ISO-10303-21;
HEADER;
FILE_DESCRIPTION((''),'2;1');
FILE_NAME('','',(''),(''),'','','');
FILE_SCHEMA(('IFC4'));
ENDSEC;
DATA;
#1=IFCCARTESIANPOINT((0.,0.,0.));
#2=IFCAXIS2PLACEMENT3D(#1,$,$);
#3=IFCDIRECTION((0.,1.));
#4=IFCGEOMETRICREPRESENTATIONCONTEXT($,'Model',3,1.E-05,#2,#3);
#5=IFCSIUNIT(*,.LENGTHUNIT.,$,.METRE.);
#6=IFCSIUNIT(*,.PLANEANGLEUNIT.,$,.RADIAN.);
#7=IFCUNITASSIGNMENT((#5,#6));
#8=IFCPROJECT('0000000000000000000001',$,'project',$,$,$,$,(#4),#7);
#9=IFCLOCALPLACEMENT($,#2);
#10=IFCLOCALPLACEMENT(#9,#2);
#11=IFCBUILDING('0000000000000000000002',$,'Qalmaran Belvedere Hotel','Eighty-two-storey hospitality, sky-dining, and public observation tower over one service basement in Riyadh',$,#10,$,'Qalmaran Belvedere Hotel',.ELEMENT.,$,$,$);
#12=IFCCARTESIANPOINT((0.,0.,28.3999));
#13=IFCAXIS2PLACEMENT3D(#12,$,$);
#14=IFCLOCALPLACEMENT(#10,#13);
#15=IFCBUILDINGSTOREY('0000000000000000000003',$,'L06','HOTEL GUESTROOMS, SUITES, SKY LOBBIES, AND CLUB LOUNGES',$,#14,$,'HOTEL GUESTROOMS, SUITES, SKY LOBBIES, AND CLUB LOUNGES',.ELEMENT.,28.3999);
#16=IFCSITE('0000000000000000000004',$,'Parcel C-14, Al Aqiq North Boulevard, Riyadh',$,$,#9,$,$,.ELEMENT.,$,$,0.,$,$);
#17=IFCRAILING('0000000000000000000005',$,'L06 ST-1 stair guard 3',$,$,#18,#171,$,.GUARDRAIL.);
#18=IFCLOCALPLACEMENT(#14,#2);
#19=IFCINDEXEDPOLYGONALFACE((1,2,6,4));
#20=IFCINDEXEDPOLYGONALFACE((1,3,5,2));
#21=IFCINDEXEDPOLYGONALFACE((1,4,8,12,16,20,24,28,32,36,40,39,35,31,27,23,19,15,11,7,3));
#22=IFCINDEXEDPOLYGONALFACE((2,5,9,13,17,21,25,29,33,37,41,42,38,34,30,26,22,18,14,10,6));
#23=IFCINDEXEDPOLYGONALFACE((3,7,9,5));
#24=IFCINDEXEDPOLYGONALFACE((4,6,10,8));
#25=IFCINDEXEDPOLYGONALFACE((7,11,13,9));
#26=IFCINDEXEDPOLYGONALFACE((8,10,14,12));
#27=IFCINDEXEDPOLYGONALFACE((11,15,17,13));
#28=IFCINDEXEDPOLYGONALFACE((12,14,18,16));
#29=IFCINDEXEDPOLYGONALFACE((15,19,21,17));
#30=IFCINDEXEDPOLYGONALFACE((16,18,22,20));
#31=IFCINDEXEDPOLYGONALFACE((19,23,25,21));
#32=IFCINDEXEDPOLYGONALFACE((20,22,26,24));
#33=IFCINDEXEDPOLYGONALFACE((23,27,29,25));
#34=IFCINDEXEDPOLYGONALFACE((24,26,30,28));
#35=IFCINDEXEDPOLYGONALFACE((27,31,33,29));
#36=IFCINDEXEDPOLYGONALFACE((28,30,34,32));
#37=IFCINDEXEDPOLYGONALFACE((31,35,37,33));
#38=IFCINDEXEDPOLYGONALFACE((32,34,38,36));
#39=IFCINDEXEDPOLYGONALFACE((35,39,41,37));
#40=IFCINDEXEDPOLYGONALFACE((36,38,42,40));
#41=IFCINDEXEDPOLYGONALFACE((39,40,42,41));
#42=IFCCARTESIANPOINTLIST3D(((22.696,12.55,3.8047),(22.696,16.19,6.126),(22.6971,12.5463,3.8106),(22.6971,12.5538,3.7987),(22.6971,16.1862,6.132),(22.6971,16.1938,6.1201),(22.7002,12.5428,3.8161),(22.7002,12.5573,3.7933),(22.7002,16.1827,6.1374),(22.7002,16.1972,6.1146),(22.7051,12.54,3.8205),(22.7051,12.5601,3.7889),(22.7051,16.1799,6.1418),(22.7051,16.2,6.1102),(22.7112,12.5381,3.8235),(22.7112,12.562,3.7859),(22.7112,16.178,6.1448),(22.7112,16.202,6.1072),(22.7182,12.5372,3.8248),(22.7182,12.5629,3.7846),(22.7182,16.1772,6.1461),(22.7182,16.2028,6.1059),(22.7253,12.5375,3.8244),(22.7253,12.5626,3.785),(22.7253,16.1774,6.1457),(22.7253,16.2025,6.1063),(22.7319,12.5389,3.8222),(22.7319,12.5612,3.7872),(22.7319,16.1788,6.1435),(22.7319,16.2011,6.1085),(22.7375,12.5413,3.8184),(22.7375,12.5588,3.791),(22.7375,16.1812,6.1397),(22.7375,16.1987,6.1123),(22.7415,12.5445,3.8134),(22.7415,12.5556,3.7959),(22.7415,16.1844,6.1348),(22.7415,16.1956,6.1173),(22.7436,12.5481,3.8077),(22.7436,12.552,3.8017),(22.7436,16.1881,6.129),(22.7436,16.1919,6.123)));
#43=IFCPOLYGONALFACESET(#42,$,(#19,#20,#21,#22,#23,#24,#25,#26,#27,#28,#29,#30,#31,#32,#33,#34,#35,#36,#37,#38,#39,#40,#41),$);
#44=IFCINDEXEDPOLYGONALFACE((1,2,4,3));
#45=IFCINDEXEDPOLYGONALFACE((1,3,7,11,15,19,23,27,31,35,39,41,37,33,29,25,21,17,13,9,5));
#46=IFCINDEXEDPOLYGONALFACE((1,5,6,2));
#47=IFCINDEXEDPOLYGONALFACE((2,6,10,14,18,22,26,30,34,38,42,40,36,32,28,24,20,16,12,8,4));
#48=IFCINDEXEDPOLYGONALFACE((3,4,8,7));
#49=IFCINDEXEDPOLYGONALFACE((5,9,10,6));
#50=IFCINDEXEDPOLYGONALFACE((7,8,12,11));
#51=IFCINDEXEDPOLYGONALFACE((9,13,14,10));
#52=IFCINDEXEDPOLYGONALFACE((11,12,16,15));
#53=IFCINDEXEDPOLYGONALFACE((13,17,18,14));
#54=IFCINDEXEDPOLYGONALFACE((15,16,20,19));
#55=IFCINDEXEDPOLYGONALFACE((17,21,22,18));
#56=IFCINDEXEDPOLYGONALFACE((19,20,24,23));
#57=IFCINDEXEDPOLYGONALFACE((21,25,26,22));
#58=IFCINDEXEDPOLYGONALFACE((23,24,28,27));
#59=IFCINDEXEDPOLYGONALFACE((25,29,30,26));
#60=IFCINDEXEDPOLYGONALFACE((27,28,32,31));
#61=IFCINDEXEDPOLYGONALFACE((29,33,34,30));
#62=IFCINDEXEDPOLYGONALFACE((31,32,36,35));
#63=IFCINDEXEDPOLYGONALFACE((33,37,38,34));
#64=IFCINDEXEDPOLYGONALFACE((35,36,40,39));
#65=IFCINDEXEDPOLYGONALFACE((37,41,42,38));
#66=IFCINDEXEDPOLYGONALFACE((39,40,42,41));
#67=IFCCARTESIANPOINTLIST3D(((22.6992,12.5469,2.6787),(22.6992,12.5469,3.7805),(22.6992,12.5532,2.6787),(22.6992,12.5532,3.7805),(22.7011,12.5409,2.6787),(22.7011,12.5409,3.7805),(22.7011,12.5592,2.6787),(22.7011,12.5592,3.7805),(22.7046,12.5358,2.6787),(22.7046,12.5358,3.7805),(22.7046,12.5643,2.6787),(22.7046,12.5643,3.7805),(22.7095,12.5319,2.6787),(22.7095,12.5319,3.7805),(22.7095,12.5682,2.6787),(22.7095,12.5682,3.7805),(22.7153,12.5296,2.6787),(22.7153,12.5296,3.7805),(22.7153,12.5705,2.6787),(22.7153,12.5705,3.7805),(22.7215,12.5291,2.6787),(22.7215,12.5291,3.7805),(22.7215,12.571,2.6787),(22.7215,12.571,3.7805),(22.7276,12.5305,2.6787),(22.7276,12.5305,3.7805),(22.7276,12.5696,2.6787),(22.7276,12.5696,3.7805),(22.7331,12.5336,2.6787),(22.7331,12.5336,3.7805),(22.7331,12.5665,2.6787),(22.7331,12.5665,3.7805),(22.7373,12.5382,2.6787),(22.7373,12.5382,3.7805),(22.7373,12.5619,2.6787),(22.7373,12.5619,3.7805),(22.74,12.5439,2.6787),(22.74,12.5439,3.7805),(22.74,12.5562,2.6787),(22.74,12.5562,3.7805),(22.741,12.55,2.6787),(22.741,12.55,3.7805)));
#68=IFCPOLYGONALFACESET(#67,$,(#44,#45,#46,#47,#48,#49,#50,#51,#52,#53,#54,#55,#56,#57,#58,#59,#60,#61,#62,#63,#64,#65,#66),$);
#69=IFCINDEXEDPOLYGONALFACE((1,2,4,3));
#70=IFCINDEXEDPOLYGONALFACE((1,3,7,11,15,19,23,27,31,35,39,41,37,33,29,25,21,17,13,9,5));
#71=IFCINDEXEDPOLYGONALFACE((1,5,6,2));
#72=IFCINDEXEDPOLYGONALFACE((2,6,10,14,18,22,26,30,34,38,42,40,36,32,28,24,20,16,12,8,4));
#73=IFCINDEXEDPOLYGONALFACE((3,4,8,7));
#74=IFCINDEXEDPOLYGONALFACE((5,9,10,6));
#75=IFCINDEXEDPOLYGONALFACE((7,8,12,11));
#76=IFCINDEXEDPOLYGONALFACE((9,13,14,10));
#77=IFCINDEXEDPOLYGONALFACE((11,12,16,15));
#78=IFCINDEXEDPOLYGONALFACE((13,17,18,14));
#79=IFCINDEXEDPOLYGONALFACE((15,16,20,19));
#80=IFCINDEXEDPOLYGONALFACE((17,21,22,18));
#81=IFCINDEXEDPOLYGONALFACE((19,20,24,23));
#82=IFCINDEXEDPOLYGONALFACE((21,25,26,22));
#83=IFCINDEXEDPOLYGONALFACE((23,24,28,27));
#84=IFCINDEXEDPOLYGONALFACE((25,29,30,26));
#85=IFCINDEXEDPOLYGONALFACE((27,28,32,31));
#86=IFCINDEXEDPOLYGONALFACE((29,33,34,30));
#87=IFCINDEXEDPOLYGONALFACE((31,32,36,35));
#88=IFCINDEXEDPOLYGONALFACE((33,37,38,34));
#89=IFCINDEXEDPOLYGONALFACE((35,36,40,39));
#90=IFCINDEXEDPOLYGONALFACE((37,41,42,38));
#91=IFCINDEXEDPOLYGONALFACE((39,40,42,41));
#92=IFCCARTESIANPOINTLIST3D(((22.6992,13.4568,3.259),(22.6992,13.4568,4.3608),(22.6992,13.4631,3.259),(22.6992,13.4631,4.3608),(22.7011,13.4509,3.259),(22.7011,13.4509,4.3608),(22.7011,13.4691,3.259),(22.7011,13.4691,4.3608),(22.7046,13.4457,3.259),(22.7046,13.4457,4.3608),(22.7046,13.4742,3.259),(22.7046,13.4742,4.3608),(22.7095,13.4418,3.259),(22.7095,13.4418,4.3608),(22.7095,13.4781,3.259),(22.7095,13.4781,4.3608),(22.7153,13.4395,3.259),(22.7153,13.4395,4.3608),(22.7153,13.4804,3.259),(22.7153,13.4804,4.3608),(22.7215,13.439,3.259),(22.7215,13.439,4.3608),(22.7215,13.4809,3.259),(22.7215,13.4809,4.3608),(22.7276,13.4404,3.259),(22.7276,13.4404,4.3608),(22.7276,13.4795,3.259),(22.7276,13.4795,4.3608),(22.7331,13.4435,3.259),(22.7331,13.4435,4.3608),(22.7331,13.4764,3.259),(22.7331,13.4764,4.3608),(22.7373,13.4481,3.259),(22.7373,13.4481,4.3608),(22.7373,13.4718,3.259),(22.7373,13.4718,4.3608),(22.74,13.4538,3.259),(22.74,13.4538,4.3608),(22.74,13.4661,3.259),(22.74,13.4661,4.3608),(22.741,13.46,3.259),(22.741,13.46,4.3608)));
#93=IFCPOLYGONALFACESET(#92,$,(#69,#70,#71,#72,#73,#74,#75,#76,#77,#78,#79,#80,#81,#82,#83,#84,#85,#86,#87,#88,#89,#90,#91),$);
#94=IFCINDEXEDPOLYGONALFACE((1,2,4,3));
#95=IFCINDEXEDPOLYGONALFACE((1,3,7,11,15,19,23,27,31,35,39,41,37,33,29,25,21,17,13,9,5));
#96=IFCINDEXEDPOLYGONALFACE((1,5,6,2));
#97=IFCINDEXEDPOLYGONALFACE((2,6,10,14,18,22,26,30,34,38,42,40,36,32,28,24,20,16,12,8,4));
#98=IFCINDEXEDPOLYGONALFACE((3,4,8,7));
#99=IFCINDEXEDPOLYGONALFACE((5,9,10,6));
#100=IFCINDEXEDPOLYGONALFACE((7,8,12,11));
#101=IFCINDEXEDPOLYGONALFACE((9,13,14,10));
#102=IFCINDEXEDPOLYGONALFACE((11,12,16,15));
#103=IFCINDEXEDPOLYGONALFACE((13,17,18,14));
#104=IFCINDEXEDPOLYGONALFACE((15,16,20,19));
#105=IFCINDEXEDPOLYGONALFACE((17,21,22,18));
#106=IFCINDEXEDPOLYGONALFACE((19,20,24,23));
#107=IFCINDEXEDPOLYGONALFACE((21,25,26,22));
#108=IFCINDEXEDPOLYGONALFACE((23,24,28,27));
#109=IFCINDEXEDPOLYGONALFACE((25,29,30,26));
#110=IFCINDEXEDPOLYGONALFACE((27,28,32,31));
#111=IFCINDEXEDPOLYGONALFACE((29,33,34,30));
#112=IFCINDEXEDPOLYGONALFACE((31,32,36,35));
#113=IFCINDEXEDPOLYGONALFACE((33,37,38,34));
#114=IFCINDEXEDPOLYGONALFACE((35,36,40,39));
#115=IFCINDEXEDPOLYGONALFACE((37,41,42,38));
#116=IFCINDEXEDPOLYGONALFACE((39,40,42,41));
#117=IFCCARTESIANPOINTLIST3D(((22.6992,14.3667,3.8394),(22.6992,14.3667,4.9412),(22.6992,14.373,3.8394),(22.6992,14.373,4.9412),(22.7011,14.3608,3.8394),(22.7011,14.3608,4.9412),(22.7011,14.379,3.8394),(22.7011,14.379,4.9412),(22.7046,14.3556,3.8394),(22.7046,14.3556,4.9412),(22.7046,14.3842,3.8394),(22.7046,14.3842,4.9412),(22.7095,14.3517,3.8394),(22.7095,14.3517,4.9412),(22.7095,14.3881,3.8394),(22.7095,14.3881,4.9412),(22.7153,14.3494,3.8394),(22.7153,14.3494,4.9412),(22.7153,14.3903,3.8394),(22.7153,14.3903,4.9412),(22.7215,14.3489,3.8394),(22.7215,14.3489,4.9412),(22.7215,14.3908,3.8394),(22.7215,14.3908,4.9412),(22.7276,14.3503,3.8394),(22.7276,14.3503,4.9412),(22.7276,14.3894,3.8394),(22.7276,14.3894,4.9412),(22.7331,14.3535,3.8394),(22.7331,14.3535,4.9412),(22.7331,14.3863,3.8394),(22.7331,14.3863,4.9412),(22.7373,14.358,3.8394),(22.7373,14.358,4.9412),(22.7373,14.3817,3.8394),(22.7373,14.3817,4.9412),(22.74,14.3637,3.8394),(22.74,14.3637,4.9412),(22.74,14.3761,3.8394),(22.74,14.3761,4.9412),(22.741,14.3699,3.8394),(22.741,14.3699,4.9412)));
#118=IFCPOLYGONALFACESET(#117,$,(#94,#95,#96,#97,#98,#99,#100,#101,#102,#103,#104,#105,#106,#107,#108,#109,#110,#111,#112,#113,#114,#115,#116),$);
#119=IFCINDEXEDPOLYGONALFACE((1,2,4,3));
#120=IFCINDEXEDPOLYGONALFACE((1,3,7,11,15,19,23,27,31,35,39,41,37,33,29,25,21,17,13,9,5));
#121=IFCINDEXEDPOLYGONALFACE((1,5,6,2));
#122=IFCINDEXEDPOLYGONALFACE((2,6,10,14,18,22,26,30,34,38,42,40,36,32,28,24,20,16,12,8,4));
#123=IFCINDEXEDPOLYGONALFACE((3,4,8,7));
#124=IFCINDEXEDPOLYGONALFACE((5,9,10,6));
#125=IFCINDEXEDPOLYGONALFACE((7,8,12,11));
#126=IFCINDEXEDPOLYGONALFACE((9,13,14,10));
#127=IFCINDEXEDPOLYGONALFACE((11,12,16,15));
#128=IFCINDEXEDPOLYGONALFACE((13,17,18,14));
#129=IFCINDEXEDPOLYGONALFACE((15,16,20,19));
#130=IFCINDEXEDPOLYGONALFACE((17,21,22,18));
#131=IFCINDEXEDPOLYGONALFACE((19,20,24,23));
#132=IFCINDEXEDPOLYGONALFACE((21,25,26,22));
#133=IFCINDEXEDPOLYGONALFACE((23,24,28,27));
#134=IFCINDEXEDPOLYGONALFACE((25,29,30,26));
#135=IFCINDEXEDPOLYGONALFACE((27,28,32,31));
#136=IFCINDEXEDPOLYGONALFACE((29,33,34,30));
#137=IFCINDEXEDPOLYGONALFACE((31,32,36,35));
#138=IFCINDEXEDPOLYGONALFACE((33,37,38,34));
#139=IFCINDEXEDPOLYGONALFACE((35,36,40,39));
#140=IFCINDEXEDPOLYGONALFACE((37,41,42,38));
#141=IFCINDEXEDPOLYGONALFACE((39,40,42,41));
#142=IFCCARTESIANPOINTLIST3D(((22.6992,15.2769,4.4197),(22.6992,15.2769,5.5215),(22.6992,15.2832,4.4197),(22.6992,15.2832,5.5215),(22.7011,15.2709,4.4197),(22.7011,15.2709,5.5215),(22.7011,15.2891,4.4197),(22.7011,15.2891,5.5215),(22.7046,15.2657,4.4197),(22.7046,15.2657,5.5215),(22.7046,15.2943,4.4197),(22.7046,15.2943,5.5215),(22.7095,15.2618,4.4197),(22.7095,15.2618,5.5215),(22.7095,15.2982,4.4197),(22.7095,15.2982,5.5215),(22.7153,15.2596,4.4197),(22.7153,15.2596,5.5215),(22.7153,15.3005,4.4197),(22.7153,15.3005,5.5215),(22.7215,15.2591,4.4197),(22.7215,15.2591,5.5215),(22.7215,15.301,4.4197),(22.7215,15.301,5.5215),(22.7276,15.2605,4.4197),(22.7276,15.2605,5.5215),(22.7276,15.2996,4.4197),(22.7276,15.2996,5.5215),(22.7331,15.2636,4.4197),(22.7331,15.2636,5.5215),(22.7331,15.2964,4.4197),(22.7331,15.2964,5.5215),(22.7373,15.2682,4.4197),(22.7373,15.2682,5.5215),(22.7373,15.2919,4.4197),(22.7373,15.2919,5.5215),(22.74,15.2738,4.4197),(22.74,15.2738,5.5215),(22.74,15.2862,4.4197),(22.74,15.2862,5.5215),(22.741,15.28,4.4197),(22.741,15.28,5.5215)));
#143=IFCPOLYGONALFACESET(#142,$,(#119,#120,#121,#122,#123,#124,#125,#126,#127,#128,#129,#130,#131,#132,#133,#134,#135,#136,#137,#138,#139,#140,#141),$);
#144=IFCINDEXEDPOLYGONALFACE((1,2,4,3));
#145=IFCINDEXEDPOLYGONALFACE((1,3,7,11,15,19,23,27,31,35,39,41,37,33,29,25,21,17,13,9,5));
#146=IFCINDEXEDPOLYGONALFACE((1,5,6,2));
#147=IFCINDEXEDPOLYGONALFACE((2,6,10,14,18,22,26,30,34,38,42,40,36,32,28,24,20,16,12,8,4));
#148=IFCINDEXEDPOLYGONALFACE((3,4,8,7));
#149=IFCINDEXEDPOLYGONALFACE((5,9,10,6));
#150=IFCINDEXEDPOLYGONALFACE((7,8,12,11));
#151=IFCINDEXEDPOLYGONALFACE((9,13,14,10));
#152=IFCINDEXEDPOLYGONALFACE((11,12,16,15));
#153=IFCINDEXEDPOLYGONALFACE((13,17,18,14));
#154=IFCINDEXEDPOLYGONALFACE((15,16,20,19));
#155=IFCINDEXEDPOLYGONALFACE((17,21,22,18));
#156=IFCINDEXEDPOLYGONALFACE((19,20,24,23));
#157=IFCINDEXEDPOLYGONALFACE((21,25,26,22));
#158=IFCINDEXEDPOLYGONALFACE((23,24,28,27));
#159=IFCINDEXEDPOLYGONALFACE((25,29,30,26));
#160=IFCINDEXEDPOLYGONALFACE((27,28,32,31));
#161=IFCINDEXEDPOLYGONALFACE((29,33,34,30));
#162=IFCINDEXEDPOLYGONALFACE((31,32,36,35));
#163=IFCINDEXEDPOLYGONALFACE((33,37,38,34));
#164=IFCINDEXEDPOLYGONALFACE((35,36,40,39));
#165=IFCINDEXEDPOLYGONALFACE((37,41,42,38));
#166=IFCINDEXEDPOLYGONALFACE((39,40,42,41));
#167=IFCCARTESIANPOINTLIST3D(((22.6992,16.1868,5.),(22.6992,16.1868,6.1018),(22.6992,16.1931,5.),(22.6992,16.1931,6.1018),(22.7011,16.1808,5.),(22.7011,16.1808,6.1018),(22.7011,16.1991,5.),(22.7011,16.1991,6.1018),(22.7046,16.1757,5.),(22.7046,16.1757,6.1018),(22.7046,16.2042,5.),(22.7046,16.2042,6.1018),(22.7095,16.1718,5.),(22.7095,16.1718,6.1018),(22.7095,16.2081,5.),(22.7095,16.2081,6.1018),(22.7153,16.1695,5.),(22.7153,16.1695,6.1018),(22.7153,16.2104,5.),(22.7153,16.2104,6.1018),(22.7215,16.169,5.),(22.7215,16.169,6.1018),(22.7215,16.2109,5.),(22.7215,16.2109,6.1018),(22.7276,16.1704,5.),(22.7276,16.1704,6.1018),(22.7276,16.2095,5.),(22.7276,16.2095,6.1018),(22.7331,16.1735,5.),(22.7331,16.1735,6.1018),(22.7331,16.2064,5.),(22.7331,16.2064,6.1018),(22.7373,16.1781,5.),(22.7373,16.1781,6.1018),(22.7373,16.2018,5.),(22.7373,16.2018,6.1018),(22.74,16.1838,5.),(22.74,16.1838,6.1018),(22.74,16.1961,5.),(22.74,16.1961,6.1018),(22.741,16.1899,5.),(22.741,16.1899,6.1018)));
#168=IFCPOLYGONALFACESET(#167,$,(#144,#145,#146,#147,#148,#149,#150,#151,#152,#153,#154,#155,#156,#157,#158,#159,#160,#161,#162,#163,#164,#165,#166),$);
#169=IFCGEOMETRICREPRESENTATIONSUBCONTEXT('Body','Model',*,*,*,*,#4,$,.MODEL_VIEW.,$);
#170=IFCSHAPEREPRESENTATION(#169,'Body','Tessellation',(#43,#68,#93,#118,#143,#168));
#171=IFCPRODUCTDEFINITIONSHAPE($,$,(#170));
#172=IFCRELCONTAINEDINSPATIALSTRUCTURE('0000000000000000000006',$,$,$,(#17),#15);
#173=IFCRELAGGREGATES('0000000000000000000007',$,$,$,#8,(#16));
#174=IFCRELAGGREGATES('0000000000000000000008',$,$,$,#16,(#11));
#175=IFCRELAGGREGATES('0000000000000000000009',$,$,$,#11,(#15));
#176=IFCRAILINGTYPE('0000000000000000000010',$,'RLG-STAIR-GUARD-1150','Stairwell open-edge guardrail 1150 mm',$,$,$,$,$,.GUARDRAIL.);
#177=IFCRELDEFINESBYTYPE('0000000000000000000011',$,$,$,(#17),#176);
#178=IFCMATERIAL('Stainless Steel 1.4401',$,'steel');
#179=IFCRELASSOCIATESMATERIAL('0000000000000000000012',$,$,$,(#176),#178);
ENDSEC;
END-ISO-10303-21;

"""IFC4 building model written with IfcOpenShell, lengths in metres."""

from ifc_helpers import new_model, si_unit, direction, frame, origin, origin_2d, place, context, subcontext, project, spatial, circle, extrude, material, type_object, element, save


model = new_model("IFC4")

# Units and contexts
model_context = context("Model", 3, precision=1e-05, world=origin(), true_north=direction((0.0, 1.0)))
body_context = subcontext(model_context, "Body", "Model", "MODEL_VIEW")
ifc_project = project(units=[si_unit("LENGTHUNIT", "METRE"), si_unit("PLANEANGLEUNIT", "RADIAN")], contexts=[model_context])

# Site, building, storey
site_placement = place(None, origin())
site = spatial("IfcSite", under=ifc_project, at=site_placement, Name="Parcel C-14, Al Aqiq North Boulevard, Riyadh", CompositionType="ELEMENT", RefElevation=0.0)
building_placement = place(site_placement, origin())
building = spatial("IfcBuilding", under=site, at=building_placement, Name="Qalmaran Belvedere Hotel", Description="Eighty-two-storey hospitality, sky-dining, and public observation tower over one service basement in Riyadh", LongName="Qalmaran Belvedere Hotel", CompositionType="ELEMENT")
storey_placement = place(building_placement, frame((0.0, 0.0, 28.3999)))
storey = spatial("IfcBuildingStorey", under=building, at=storey_placement, Name="L06", Description="HOTEL GUESTROOMS, SUITES, SKY LOBBIES, AND CLUB LOUNGES", LongName="HOTEL GUESTROOMS, SUITES, SKY LOBBIES, AND CLUB LOUNGES", CompositionType="ELEMENT", Elevation=28.3999)

# Shared definitions
ifc_material_1 = material(Name="Stainless Steel 1.4401", Category="steel")

# Railing
railing_type_1 = type_object("IfcRailingType", Name="RLG-STAIR-GUARD-1150", Description="Stairwell open-edge guardrail 1150 mm", PredefinedType="GUARDRAIL", material=ifc_material_1)
railing_1_placement = place(storey_placement, frame((22.72, 12.55, 2.6787)))
element("IfcRailing", 1, at=railing_1_placement, inside=storey, type_object=railing_type_1, Name="L06 ST-1 stair guard 3", PredefinedType="GUARDRAIL", context=body_context, shape_type="SweptSolid", body=[
    extrude(circle(Radius=0.0239, at=origin_2d()), frame((0.0, 0.0, 1.126), z_axis=(0.0, 0.843137, 0.537699), x_axis=(-1.0, 0.0, 0.0)), (0.0, 0.0, 1.0), 4.3171),
    extrude(circle(Radius=0.021, at=origin_2d()), origin(), (0.0, 0.0, 1.0), 1.1018),
    extrude(circle(Radius=0.021, at=origin_2d()), frame((0.0, 0.9099, 0.5803)), (0.0, 0.0, 1.0), 1.1018),
    extrude(circle(Radius=0.021, at=origin_2d()), frame((0.0, 1.8198, 1.1606)), (0.0, 0.0, 1.0), 1.1018),
    extrude(circle(Radius=0.021, at=origin_2d()), frame((0.0, 2.73, 1.741)), (0.0, 0.0, 1.0), 1.1018),
    extrude(circle(Radius=0.021, at=origin_2d()), frame((0.0, 3.6399, 2.3213)), (0.0, 0.0, 1.0), 1.1018),
])

save(model, "model.ifc")
